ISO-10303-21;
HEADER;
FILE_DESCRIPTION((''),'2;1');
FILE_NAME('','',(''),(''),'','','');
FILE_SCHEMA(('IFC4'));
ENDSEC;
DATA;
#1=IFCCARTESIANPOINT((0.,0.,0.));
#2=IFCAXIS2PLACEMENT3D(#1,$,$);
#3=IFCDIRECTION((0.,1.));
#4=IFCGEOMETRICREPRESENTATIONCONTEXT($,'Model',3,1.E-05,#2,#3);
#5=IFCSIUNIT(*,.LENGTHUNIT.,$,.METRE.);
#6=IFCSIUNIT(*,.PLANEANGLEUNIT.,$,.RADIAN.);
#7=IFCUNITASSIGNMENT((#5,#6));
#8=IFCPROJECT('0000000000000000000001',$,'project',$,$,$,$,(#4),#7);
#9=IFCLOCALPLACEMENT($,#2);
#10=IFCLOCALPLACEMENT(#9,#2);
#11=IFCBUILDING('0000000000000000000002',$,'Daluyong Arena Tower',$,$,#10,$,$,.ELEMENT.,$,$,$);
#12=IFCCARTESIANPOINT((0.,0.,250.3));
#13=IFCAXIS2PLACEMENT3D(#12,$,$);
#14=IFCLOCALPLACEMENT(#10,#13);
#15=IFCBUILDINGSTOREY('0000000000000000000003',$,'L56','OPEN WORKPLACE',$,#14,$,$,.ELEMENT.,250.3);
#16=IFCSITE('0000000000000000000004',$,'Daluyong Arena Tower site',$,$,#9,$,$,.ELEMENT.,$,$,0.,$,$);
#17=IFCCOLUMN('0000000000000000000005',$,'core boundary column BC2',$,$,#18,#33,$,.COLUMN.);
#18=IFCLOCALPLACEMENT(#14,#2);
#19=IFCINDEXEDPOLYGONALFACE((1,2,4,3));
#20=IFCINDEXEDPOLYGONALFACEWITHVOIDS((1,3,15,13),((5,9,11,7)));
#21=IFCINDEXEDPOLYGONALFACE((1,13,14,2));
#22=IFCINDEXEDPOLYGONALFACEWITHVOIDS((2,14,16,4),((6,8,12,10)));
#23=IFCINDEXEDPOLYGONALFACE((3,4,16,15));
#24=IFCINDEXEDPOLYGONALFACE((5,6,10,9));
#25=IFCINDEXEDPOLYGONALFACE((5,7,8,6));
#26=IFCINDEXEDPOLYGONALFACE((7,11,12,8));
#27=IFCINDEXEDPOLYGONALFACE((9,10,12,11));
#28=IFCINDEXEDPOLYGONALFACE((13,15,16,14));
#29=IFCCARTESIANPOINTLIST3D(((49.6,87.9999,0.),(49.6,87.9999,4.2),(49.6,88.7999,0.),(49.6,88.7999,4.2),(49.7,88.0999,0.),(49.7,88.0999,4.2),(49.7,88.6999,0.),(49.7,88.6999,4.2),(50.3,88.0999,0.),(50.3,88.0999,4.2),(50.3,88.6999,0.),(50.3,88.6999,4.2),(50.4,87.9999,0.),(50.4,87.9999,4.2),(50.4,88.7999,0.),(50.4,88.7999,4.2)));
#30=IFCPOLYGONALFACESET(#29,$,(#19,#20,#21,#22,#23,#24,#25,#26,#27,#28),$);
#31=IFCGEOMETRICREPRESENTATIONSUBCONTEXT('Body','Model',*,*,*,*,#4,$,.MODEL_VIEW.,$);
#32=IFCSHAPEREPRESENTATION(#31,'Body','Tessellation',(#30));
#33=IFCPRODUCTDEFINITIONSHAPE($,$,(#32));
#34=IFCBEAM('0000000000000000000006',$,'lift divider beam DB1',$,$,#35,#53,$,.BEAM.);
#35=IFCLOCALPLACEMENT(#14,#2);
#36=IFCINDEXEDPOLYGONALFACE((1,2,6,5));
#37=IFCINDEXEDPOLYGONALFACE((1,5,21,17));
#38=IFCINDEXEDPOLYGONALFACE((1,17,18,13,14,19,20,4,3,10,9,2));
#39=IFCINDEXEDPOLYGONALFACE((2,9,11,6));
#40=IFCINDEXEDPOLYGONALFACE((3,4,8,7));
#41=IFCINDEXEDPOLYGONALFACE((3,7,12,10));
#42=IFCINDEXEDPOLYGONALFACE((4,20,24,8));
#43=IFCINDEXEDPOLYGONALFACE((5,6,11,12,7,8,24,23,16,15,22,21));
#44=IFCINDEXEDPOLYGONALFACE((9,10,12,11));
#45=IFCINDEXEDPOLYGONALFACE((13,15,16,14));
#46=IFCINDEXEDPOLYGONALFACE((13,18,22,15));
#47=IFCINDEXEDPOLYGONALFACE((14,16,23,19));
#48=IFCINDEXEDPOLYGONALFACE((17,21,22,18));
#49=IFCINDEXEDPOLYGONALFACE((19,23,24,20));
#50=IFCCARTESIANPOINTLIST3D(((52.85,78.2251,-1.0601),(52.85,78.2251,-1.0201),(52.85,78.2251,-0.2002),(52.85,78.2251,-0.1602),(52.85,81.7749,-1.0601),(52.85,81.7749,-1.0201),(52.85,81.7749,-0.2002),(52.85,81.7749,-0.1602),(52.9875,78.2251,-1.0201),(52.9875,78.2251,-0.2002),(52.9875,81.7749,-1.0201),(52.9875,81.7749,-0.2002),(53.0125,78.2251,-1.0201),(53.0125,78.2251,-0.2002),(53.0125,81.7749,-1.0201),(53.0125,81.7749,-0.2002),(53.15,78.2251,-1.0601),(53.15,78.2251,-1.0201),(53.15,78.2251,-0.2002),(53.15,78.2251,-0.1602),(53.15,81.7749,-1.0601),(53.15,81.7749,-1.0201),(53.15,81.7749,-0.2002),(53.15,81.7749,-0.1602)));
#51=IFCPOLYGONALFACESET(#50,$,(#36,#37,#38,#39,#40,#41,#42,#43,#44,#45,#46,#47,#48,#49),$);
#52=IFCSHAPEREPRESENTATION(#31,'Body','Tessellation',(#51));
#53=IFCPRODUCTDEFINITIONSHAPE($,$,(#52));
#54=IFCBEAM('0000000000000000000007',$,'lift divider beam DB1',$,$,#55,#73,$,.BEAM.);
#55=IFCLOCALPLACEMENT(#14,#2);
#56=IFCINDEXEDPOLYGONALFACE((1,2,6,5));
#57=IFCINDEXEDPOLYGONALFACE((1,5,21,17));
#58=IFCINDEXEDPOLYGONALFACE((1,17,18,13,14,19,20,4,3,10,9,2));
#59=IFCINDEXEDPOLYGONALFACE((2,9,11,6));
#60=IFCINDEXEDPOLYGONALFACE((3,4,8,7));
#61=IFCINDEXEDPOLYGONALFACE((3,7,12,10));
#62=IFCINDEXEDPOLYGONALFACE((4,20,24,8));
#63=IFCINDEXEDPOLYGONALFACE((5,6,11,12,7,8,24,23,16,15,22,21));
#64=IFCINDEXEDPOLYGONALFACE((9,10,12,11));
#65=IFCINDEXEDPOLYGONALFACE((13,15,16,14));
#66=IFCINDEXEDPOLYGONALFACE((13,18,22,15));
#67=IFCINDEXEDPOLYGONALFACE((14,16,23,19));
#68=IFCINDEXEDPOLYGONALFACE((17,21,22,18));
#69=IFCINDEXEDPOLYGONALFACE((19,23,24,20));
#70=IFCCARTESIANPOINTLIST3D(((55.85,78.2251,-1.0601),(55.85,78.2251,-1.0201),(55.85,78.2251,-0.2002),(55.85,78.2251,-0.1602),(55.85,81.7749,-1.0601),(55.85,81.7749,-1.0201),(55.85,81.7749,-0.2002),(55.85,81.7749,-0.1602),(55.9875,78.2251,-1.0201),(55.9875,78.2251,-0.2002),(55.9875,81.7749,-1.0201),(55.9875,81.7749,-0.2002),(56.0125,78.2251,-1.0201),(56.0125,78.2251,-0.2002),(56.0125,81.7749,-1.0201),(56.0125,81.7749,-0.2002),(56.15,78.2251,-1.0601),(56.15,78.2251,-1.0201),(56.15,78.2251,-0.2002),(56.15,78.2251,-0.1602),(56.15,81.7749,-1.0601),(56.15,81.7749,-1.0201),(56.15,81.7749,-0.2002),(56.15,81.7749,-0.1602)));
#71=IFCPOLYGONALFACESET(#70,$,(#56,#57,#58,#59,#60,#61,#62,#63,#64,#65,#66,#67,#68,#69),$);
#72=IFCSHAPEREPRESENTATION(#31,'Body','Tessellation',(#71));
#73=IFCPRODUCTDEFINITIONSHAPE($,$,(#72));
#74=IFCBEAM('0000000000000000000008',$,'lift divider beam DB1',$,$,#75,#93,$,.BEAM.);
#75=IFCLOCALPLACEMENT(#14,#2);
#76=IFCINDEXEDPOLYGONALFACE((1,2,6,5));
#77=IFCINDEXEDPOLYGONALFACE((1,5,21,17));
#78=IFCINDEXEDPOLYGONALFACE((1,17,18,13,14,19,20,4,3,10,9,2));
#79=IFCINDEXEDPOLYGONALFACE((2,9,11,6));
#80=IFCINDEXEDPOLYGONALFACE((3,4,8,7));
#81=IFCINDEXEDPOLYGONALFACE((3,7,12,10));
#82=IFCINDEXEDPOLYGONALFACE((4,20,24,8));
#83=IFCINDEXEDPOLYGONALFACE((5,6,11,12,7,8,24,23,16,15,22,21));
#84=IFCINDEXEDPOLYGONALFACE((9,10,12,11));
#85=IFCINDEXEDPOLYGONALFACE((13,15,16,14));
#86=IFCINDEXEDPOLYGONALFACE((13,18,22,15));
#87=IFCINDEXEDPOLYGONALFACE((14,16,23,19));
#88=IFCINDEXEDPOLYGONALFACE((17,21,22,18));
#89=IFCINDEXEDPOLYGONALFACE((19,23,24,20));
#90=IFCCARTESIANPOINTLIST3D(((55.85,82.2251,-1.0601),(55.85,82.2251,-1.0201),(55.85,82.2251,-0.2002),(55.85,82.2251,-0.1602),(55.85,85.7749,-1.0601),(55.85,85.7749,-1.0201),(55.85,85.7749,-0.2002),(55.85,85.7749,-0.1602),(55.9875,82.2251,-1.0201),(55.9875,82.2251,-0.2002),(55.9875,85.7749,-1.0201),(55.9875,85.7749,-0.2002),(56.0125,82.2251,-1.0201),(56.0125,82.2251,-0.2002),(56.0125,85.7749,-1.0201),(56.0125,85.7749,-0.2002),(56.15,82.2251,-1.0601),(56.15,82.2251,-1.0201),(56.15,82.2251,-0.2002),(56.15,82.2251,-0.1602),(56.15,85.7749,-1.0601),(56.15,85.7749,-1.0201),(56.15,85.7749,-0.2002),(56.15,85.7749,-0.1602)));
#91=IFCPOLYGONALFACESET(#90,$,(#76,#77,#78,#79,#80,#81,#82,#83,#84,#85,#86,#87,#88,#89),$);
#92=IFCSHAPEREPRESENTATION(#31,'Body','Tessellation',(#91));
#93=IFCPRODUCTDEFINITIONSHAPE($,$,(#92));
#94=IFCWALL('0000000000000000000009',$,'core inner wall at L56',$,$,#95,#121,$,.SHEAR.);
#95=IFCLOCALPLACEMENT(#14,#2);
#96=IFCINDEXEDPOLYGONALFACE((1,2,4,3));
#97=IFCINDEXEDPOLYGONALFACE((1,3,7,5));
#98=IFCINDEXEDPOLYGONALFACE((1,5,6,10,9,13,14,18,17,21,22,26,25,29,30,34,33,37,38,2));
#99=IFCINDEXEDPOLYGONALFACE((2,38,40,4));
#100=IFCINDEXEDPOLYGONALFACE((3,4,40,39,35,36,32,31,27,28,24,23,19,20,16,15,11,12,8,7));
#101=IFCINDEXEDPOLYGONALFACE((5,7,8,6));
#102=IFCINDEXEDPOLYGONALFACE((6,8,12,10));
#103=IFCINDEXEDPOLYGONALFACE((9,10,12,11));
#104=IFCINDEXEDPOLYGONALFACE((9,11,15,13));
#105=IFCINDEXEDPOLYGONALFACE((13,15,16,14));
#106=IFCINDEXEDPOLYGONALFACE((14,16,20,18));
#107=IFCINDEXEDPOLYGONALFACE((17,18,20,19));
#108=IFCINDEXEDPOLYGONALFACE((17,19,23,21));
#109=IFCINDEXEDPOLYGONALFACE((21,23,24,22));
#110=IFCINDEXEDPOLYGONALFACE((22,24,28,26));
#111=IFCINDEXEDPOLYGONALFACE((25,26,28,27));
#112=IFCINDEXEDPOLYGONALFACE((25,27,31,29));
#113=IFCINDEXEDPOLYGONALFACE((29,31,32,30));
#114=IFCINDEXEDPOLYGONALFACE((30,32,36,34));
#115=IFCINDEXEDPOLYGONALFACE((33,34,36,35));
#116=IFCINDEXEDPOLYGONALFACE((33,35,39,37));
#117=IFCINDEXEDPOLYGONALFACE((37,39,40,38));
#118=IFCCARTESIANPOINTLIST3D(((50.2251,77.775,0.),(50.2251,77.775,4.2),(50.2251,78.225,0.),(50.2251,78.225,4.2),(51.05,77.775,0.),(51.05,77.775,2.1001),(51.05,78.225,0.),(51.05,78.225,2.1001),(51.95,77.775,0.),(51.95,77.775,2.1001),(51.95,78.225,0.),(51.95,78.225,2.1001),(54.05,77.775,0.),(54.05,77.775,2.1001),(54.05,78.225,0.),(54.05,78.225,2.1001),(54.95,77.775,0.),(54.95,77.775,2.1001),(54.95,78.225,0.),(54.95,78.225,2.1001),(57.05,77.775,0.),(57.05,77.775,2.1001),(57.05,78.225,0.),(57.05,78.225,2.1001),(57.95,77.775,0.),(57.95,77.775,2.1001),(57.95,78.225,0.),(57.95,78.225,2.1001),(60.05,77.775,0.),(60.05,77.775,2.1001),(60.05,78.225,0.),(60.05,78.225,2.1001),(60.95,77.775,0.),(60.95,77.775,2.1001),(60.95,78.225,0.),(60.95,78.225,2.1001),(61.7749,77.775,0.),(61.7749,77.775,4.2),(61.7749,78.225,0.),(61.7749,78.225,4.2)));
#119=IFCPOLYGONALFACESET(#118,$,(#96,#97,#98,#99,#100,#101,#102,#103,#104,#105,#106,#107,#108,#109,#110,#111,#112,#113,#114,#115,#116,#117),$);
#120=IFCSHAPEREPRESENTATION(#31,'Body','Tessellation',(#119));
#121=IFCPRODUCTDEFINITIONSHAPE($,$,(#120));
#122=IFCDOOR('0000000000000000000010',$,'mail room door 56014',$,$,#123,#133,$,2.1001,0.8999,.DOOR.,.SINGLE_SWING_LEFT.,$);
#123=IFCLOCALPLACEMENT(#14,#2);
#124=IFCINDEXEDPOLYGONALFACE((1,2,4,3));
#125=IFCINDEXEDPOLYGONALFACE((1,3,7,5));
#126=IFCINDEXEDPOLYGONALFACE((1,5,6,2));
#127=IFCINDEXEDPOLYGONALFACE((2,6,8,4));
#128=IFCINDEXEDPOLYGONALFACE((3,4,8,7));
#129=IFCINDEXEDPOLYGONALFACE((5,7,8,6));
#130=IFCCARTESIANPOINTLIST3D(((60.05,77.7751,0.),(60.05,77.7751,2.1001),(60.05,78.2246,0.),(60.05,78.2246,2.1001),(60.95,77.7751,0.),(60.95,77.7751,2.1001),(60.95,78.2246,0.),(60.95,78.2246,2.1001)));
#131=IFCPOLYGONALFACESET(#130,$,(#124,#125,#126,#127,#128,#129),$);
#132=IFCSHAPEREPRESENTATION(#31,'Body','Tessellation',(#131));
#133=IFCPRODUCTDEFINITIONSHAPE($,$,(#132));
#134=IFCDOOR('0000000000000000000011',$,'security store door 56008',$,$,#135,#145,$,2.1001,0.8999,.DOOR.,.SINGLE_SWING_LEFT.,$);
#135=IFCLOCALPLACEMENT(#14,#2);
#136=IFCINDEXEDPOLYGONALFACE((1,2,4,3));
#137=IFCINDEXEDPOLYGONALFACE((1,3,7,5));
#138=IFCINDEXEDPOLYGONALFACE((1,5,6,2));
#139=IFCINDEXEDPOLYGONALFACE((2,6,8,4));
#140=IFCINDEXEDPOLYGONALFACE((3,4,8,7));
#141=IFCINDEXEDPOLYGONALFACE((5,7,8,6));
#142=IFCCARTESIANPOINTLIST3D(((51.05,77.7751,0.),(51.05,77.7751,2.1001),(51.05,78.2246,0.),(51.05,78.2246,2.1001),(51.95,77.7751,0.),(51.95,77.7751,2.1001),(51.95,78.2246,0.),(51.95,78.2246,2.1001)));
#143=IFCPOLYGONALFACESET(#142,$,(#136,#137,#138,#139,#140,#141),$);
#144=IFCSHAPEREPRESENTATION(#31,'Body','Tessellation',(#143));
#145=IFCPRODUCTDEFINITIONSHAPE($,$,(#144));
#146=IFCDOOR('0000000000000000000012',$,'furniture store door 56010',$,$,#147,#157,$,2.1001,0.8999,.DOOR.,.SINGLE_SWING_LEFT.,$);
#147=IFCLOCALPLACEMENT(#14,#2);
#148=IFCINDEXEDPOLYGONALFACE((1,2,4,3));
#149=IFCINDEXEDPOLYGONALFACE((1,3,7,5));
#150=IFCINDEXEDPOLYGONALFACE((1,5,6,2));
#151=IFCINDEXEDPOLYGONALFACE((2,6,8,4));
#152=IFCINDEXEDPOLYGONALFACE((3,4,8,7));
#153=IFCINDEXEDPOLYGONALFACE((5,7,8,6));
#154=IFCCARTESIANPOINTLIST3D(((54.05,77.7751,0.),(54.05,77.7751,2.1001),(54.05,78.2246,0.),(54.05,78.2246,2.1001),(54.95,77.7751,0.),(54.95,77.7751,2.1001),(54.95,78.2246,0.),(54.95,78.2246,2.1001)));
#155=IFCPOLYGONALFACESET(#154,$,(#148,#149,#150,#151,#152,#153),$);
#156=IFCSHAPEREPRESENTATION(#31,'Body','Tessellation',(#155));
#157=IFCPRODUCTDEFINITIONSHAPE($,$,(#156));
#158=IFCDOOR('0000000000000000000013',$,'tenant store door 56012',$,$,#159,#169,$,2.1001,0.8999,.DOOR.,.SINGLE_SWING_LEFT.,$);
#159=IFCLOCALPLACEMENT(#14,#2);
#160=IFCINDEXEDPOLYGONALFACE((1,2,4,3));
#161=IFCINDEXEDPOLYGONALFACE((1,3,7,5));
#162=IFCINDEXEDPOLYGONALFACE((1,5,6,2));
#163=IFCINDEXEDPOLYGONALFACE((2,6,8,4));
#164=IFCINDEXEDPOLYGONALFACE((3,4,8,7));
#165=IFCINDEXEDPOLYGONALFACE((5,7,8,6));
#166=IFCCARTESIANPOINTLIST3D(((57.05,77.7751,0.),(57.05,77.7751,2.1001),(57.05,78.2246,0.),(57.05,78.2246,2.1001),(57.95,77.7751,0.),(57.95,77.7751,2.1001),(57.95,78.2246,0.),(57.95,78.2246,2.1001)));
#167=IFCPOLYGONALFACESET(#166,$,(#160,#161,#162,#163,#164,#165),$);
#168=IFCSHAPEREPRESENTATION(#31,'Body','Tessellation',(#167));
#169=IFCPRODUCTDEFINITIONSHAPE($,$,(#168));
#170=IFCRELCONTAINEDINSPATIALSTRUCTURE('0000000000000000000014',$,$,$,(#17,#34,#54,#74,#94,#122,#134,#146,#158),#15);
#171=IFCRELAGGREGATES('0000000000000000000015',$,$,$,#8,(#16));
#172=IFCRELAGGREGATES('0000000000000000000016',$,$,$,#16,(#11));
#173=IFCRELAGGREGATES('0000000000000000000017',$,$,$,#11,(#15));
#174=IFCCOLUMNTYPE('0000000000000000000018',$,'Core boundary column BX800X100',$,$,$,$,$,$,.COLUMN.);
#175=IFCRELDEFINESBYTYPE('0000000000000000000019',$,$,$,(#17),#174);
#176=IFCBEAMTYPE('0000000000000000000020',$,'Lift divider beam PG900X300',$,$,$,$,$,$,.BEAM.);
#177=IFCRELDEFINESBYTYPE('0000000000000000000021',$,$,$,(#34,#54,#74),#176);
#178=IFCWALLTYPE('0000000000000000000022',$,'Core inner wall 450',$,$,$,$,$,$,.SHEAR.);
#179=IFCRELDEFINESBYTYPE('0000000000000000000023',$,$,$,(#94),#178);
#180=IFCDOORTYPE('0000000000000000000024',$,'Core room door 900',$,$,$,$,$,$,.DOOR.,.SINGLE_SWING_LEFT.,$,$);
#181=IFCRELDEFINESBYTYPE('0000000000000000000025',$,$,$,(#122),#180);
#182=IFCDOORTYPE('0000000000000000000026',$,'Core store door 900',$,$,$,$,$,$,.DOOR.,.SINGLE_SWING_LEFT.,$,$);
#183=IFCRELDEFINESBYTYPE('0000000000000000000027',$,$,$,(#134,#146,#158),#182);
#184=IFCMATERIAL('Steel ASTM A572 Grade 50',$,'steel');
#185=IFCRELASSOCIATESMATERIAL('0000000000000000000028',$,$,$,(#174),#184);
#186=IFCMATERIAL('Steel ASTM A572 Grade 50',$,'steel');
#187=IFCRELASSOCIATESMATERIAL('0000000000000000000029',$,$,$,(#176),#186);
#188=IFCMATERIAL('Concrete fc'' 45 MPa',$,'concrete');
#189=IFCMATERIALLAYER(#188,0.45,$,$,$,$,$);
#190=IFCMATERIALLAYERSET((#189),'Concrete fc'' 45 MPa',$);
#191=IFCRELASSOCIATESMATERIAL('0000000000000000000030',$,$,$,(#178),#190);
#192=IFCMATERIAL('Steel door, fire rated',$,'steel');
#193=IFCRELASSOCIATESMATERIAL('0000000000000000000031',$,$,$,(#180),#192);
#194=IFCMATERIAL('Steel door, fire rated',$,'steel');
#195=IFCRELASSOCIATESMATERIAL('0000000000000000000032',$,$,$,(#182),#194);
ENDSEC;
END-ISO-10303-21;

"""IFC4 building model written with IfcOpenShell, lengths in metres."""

from ifc_helpers import new_model, si_unit, direction, frame, frame_2d, origin, origin_2d, place, context, subcontext, project, spatial, rectangle, hollow_rectangle, i_section, extrude, material, layer, layer_set, material_profile, profile_set, type_object, element, fill, save


model = new_model("IFC4")

# Units and contexts
model_context = context("Model", 3, precision=1e-05, world=origin(), true_north=direction((0.0, 1.0)))
body_context = subcontext(model_context, "Body", "Model", "MODEL_VIEW")
ifc_project = project(units=[si_unit("LENGTHUNIT", "METRE"), si_unit("PLANEANGLEUNIT", "RADIAN")], contexts=[model_context])

# Site, building, storey
site_placement = place(None, origin())
site = spatial("IfcSite", under=ifc_project, at=site_placement, Name="Daluyong Arena Tower site", CompositionType="ELEMENT", RefElevation=0.0)
building_placement = place(site_placement, origin())
building = spatial("IfcBuilding", under=site, at=building_placement, Name="Daluyong Arena Tower", CompositionType="ELEMENT")
storey_placement = place(building_placement, frame((0.0, 0.0, 250.3)))
storey = spatial("IfcBuildingStorey", under=building, at=storey_placement, Name="L56", Description="OPEN WORKPLACE", CompositionType="ELEMENT", Elevation=250.3)

# Column
ifc_material_1 = material(Name="Steel ASTM A572 Grade 50", Category="steel")
ifc_material_profile_1 = material_profile(ifc_material_1, hollow_rectangle(XDim=0.8, YDim=0.8, WallThickness=0.1, at=origin_2d()))
ifc_profile_set_1 = profile_set([ifc_material_profile_1], Name="Steel ASTM A572 Grade 50")
column_type = type_object("IfcColumnType", Name="Core boundary column BX800X100", PredefinedType="COLUMN", material=ifc_profile_set_1)
column_placement = place(storey_placement, frame((50.0, 88.3999, 0.0), z_axis=(0.0, 0.0, 1.0), x_axis=(1.0, 0.0, 0.0)))
element("IfcColumn", 1, at=column_placement, inside=storey, type_object=column_type, Name="core boundary column BC2", PredefinedType="COLUMN", context=body_context, shape_type="SweptSolid", body=[
    extrude(hollow_rectangle(XDim=0.8, YDim=0.8, WallThickness=0.1, at=origin_2d()), origin(), (0.0, 0.0, 1.0), 4.2),
])

# Beams
ifc_material_2 = material(Name="Steel ASTM A572 Grade 50", Category="steel")
ifc_material_profile_2 = material_profile(ifc_material_2, i_section(OverallWidth=0.3, OverallDepth=0.8999, WebThickness=0.025, FlangeThickness=0.04, at=origin_2d()))
ifc_profile_set_2 = profile_set([ifc_material_profile_2], Name="Steel ASTM A572 Grade 50")
beam_type = type_object("IfcBeamType", Name="Lift divider beam PG900X300", PredefinedType="BEAM", material=ifc_profile_set_2)
for number, where, z_axis, x_axis, name in (
    (2, (53.0, 78.2251, -0.6101), (0.0, 1.0, 0.0), (-1.0, 0.0, 0.0), "lift divider beam DB1"),
    (3, (56.0, 78.2251, -0.6101), (0.0, 1.0, 0.0), (-1.0, 0.0, 0.0), "lift divider beam DB1"),
    (4, (56.0, 82.2251, -0.6101), (0.0, 1.0, 0.0), (-1.0, 0.0, 0.0), "lift divider beam DB1"),
):
    element("IfcBeam", number, at=place(storey_placement, frame(where, z_axis=z_axis, x_axis=x_axis)), inside=storey, type_object=beam_type, Name=name, PredefinedType="BEAM", context=body_context, shape_type="SweptSolid", body=[
        extrude(i_section(OverallWidth=0.3, OverallDepth=0.8999, WebThickness=0.025, FlangeThickness=0.04, at=origin_2d()), origin(), (0.0, 0.0, 1.0), 3.5498),
    ])

# Wall, openings, doors
ifc_material_3 = material(Name="Concrete fc' 45 MPa", Category="concrete")
ifc_layer_1 = layer(ifc_material_3, 0.45)
ifc_layer_set_1 = layer_set([ifc_layer_1], Name="Concrete fc' 45 MPa")
wall_type_1 = type_object("IfcWallType", Name="Core inner wall 450", PredefinedType="SHEAR", material=ifc_layer_set_1)
wall_1_placement = place(storey_placement, frame((50.2251, 78.0, 0.0), z_axis=(0.0, 0.0, 1.0), x_axis=(1.0, 0.0, 0.0)))
wall_1 = element("IfcWall", 5, at=wall_1_placement, inside=storey, type_object=wall_type_1, Name="core inner wall at L56", PredefinedType="SHEAR", context=body_context, shape_type="SweptSolid", body=[
    extrude(rectangle(XDim=11.5498, YDim=0.45, at=frame_2d((5.7749, 0.0))), origin(), (0.0, 0.0, 1.0), 4.2),
])
opening_1_placement = place(wall_1_placement, frame((0.825, 0.0, 0.0)))
opening_1 = element("IfcOpeningElement", 6, at=opening_1_placement, cuts=wall_1, PredefinedType="OPENING", context=body_context, shape_type="SweptSolid", body=[
    extrude(rectangle(XDim=0.8999, YDim=2.1001, at=frame_2d((0.45, 1.05))), frame((0.0, 0.2349, 0.0), z_axis=(0.0, -1.0, 0.0), x_axis=(1.0, 0.0, 0.0)), (0.0, 0.0, 1.0), 0.47),
])
opening_2_placement = place(wall_1_placement, frame((3.825, 0.0, 0.0)))
opening_2 = element("IfcOpeningElement", 7, at=opening_2_placement, cuts=wall_1, PredefinedType="OPENING", context=body_context, shape_type="SweptSolid", body=[
    extrude(rectangle(XDim=0.8999, YDim=2.1001, at=frame_2d((0.45, 1.05))), frame((0.0, 0.2349, 0.0), z_axis=(0.0, -1.0, 0.0), x_axis=(1.0, 0.0, 0.0)), (0.0, 0.0, 1.0), 0.47),
])
opening_3_placement = place(wall_1_placement, frame((6.825, 0.0, 0.0)))
opening_3 = element("IfcOpeningElement", 8, at=opening_3_placement, cuts=wall_1, PredefinedType="OPENING", context=body_context, shape_type="SweptSolid", body=[
    extrude(rectangle(XDim=0.8999, YDim=2.1001, at=frame_2d((0.45, 1.05))), frame((0.0, 0.2349, 0.0), z_axis=(0.0, -1.0, 0.0), x_axis=(1.0, 0.0, 0.0)), (0.0, 0.0, 1.0), 0.47),
])
opening_4_placement = place(wall_1_placement, frame((9.825, 0.0, 0.0)))
opening_4 = element("IfcOpeningElement", 9, at=opening_4_placement, cuts=wall_1, PredefinedType="OPENING", context=body_context, shape_type="SweptSolid", body=[
    extrude(rectangle(XDim=0.8999, YDim=2.1001, at=frame_2d((0.45, 1.05))), frame((0.0, 0.2349, 0.0), z_axis=(0.0, -1.0, 0.0), x_axis=(1.0, 0.0, 0.0)), (0.0, 0.0, 1.0), 0.47),
])
ifc_material_4 = material(Name="Steel door, fire rated", Category="steel")
door_type_1 = type_object("IfcDoorType", Name="Core room door 900", OperationType="SINGLE_SWING_LEFT", PredefinedType="DOOR", material=ifc_material_4)
door_1_placement = place(opening_4_placement, origin())
door_1 = element("IfcDoor", 10, at=door_1_placement, inside=storey, type_object=door_type_1, Name="mail room door 56014", OperationType="SINGLE_SWING_LEFT", OverallHeight=2.1001, OverallWidth=0.8999, PredefinedType="DOOR", context=body_context, shape_type="SweptSolid", body=[
    extrude(rectangle(XDim=0.8999, YDim=2.1001, at=frame_2d((0.45, 1.05))), frame((0.0, 0.2246, 0.0), z_axis=(0.0, -1.0, 0.0), x_axis=(1.0, 0.0, 0.0)), (0.0, 0.0, 1.0), 0.4495),
])
fill(opening_4, door_1)
ifc_material_5 = material(Name="Steel door, fire rated", Category="steel")
door_type_2 = type_object("IfcDoorType", Name="Core store door 900", OperationType="SINGLE_SWING_LEFT", PredefinedType="DOOR", material=ifc_material_5)
door_2_placement = place(opening_1_placement, origin())
door_2 = element("IfcDoor", 11, at=door_2_placement, inside=storey, type_object=door_type_2, Name="security store door 56008", OperationType="SINGLE_SWING_LEFT", OverallHeight=2.1001, OverallWidth=0.8999, PredefinedType="DOOR", context=body_context, shape_type="SweptSolid", body=[
    extrude(rectangle(XDim=0.8999, YDim=2.1001, at=frame_2d((0.45, 1.05))), frame((0.0, 0.2246, 0.0), z_axis=(0.0, -1.0, 0.0), x_axis=(1.0, 0.0, 0.0)), (0.0, 0.0, 1.0), 0.4495),
])
fill(opening_1, door_2)
door_3_placement = place(opening_2_placement, origin())
door_3 = element("IfcDoor", 12, at=door_3_placement, inside=storey, type_object=door_type_2, Name="furniture store door 56010", OperationType="SINGLE_SWING_LEFT", OverallHeight=2.1001, OverallWidth=0.8999, PredefinedType="DOOR", context=body_context, shape_type="SweptSolid", body=[
    extrude(rectangle(XDim=0.8999, YDim=2.1001, at=frame_2d((0.45, 1.05))), frame((0.0, 0.2246, 0.0), z_axis=(0.0, -1.0, 0.0), x_axis=(1.0, 0.0, 0.0)), (0.0, 0.0, 1.0), 0.4495),
])
fill(opening_2, door_3)
door_4_placement = place(opening_3_placement, origin())
door_4 = element("IfcDoor", 13, at=door_4_placement, inside=storey, type_object=door_type_2, Name="tenant store door 56012", OperationType="SINGLE_SWING_LEFT", OverallHeight=2.1001, OverallWidth=0.8999, PredefinedType="DOOR", context=body_context, shape_type="SweptSolid", body=[
    extrude(rectangle(XDim=0.8999, YDim=2.1001, at=frame_2d((0.45, 1.05))), frame((0.0, 0.2246, 0.0), z_axis=(0.0, -1.0, 0.0), x_axis=(1.0, 0.0, 0.0)), (0.0, 0.0, 1.0), 0.4495),
])
fill(opening_3, door_4)

save(model, "model.ifc")
